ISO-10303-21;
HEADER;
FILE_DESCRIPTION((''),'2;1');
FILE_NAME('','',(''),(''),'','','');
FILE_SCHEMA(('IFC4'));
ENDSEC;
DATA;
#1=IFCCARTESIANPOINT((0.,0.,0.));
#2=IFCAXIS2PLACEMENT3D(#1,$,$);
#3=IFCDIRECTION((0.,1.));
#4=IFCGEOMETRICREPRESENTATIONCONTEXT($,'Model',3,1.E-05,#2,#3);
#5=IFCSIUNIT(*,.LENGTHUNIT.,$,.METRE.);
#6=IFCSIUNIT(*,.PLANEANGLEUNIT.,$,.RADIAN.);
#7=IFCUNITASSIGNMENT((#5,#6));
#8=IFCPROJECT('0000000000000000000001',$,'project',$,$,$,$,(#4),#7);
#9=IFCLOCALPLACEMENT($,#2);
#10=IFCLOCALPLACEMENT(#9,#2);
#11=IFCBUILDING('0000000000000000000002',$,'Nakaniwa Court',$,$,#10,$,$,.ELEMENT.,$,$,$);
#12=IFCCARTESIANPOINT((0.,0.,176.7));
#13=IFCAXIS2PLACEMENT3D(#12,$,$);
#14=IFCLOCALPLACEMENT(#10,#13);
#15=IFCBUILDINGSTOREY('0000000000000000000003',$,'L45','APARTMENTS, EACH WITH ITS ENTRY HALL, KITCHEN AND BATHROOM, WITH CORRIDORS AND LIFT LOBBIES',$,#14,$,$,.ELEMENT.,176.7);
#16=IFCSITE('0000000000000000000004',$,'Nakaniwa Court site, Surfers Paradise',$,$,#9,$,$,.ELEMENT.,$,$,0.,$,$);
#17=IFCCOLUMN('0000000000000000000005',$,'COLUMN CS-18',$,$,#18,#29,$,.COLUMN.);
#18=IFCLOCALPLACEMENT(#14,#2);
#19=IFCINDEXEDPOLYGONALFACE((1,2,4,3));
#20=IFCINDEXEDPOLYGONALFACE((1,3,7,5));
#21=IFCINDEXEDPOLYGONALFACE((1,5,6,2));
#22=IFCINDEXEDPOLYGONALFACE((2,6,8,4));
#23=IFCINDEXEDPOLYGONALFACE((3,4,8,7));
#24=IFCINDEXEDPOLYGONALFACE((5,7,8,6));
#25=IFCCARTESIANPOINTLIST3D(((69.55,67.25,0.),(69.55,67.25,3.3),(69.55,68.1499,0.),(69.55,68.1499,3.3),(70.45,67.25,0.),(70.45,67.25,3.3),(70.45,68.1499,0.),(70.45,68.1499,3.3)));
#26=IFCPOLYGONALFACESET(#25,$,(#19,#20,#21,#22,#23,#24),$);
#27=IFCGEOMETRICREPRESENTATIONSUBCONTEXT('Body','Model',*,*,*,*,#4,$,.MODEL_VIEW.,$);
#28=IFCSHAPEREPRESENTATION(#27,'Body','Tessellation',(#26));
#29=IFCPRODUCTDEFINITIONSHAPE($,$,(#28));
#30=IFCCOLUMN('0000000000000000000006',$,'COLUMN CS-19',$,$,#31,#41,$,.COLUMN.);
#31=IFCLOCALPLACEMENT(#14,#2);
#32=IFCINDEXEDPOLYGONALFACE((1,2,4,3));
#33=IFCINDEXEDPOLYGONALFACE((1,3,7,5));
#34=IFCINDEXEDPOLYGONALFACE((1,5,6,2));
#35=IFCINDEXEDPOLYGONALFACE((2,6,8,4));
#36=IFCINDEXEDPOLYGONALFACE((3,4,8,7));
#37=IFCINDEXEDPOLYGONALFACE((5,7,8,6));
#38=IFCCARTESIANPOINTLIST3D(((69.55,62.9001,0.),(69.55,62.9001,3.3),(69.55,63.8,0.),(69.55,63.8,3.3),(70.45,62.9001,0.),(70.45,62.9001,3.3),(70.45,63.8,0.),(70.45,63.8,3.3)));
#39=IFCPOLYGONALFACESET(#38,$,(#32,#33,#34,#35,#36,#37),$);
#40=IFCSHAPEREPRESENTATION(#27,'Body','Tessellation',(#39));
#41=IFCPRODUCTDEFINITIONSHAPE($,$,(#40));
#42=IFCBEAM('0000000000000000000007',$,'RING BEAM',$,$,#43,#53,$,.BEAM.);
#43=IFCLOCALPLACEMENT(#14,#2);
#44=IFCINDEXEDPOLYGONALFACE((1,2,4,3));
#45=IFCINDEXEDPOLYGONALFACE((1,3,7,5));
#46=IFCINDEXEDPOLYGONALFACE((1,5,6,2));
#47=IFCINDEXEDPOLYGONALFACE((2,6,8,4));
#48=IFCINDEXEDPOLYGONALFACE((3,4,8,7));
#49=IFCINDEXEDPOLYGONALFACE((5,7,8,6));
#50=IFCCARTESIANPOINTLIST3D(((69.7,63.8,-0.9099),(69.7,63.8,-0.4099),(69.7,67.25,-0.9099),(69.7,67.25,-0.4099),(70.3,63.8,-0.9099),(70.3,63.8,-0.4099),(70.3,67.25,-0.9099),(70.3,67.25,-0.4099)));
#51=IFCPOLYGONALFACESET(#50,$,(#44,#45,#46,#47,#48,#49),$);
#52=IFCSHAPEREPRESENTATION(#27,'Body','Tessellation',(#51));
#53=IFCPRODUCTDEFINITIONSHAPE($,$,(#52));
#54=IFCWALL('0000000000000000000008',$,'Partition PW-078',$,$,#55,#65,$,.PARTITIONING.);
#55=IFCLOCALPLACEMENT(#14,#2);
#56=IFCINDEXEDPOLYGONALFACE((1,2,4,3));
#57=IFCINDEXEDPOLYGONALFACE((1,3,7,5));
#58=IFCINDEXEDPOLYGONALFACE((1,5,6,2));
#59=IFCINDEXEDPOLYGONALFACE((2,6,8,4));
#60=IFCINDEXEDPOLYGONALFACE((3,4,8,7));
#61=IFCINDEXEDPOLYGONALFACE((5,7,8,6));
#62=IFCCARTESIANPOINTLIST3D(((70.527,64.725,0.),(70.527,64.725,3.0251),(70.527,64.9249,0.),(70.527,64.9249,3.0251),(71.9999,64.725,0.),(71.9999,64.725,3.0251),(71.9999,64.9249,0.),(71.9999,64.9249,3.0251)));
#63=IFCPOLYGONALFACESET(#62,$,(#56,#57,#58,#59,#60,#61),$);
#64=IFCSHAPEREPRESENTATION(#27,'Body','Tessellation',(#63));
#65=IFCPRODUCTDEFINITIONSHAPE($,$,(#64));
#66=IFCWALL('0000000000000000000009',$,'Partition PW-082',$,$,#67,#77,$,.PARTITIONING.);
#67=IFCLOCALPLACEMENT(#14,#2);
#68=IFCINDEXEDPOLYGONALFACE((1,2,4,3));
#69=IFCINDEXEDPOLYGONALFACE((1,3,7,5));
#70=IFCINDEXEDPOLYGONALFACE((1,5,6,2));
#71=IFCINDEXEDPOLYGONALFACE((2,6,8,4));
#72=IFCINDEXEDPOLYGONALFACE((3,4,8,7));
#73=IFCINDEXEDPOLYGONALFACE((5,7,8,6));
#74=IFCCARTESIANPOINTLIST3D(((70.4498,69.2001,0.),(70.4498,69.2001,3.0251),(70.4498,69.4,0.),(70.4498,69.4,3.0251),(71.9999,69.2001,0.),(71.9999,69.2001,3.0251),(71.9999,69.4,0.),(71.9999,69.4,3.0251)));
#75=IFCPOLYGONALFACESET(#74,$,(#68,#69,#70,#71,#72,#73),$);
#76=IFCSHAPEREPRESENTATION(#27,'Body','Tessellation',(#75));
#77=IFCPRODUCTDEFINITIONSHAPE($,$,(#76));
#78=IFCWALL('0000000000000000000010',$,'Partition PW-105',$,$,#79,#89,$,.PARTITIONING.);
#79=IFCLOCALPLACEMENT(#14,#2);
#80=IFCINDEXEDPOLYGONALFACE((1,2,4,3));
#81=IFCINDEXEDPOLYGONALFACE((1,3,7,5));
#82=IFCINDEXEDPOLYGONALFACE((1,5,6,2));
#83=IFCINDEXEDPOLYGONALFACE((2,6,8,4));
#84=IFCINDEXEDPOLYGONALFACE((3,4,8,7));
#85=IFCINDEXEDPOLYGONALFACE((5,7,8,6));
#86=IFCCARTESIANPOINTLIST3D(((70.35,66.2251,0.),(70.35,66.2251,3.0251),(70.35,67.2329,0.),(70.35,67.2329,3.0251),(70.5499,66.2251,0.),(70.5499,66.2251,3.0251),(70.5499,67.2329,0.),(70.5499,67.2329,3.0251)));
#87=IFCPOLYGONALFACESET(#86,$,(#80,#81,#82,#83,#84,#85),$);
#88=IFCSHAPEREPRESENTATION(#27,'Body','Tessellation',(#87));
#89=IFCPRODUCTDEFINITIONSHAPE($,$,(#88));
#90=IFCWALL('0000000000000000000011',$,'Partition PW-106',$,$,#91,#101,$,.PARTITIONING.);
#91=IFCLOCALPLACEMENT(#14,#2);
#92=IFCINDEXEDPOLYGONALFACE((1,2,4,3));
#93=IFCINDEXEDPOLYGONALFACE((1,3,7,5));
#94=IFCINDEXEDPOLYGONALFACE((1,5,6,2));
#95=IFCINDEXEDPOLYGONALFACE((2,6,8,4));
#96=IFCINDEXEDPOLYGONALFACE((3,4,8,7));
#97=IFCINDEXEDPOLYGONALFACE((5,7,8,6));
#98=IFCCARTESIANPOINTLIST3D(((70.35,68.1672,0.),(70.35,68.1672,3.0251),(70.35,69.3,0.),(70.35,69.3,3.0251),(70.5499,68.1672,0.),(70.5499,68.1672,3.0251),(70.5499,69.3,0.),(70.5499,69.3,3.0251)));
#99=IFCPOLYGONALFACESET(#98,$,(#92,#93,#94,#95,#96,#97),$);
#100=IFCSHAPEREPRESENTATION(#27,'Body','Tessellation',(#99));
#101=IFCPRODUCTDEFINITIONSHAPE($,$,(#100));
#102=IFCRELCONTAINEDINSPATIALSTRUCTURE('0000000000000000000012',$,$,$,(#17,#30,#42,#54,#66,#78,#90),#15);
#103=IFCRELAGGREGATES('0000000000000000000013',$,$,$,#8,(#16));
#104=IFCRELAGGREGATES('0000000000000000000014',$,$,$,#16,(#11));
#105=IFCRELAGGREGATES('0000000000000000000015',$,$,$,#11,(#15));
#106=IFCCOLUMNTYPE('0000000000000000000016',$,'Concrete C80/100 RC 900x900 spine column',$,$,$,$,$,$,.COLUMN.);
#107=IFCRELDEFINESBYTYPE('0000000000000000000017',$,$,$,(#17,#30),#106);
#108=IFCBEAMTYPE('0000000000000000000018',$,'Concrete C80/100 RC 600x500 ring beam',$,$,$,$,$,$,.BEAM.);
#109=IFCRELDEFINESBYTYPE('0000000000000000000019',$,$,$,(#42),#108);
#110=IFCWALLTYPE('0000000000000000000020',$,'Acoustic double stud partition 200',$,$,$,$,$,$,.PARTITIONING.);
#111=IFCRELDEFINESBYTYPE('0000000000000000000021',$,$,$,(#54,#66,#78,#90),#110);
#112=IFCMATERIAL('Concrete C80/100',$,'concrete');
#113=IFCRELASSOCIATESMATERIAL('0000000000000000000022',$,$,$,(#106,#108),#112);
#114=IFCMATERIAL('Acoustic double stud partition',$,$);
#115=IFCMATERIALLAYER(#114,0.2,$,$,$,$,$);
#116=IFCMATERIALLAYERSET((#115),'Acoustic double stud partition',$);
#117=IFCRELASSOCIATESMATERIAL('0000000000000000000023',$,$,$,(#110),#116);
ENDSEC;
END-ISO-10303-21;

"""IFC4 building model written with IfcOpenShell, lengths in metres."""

from ifc_helpers import new_model, si_unit, direction, frame, frame_2d, origin, origin_2d, place, context, subcontext, project, spatial, rectangle, extrude, material, layer, layer_set, material_profile, profile_set, type_object, element, save


model = new_model("IFC4")

# Units and contexts
model_context = context("Model", 3, precision=1e-05, world=origin(), true_north=direction((0.0, 1.0)))
body_context = subcontext(model_context, "Body", "Model", "MODEL_VIEW")
ifc_project = project(units=[si_unit("LENGTHUNIT", "METRE"), si_unit("PLANEANGLEUNIT", "RADIAN")], contexts=[model_context])

# Site, building, storey
site_placement = place(None, origin())
site = spatial("IfcSite", under=ifc_project, at=site_placement, Name="Nakaniwa Court site, Surfers Paradise", CompositionType="ELEMENT", RefElevation=0.0)
building_placement = place(site_placement, origin())
building = spatial("IfcBuilding", under=site, at=building_placement, Name="Nakaniwa Court", CompositionType="ELEMENT")
storey_placement = place(building_placement, frame((0.0, 0.0, 176.7)))
storey = spatial("IfcBuildingStorey", under=building, at=storey_placement, Name="L45", Description="APARTMENTS, EACH WITH ITS ENTRY HALL, KITCHEN AND BATHROOM, WITH CORRIDORS AND LIFT LOBBIES", CompositionType="ELEMENT", Elevation=176.7)

# Columns
ifc_material_1 = material(Name="Concrete C80/100", Category="concrete")
ifc_material_profile_1 = material_profile(ifc_material_1, rectangle(XDim=0.8999, YDim=0.8999, at=origin_2d()), Name="Concrete C80/100 RC 900x900 spine column")
ifc_profile_set_1 = profile_set([ifc_material_profile_1], Name="Concrete C80/100")
column_type = type_object("IfcColumnType", Name="Concrete C80/100 RC 900x900 spine column", PredefinedType="COLUMN", material=ifc_profile_set_1)
for number, where, z_axis, x_axis, name in (
    (1, (70.0, 67.7, 0.0), (0.0, 0.0, 1.0), (0.0, -1.0, 0.0), "COLUMN CS-18"),
    (2, (70.0, 63.3501, 0.0), (0.0, 0.0, 1.0), (0.0, -1.0, 0.0), "COLUMN CS-19"),
):
    element("IfcColumn", number, at=place(storey_placement, frame(where, z_axis=z_axis, x_axis=x_axis)), inside=storey, type_object=column_type, Name=name, PredefinedType="COLUMN", context=body_context, shape_type="SweptSolid", body=[
        extrude(rectangle(XDim=0.8999, YDim=0.8999, at=origin_2d()), origin(), (0.0, 0.0, 1.0), 3.3),
    ])

# Beam
ifc_material_profile_2 = material_profile(ifc_material_1, rectangle(XDim=0.6001, YDim=0.5, at=origin_2d()), Name="Concrete C80/100 RC 600x500 ring beam")
ifc_profile_set_2 = profile_set([ifc_material_profile_2], Name="Concrete C80/100")
beam_type = type_object("IfcBeamType", Name="Concrete C80/100 RC 600x500 ring beam", PredefinedType="BEAM", material=ifc_profile_set_2)
beam_placement = place(storey_placement, frame((70.0, 67.25, -0.6599), z_axis=(0.0, -1.0, 0.0), x_axis=(1.0, 0.0, 0.0)))
element("IfcBeam", 3, at=beam_placement, inside=storey, type_object=beam_type, Name="RING BEAM", PredefinedType="BEAM", context=body_context, shape_type="SweptSolid", body=[
    extrude(rectangle(XDim=0.6001, YDim=0.5, at=origin_2d()), origin(), (0.0, 0.0, 1.0), 3.45),
])

# Walls
ifc_material_2 = material(Name="Acoustic double stud partition")
ifc_layer_1 = layer(ifc_material_2, 0.2)
ifc_layer_set_1 = layer_set([ifc_layer_1], Name="Acoustic double stud partition")
wall_type_1 = type_object("IfcWallType", Name="Acoustic double stud partition 200", PredefinedType="PARTITIONING", material=ifc_layer_set_1)
wall_1_placement = place(storey_placement, frame((70.5271, 64.825, 0.0), z_axis=(0.0, 0.0, 1.0), x_axis=(1.0, 0.0, 0.0)))
element("IfcWall", 4, at=wall_1_placement, inside=storey, type_object=wall_type_1, Name="Partition PW-078", PredefinedType="PARTITIONING", context=body_context, shape_type="SweptSolid", body=[
    extrude(rectangle(XDim=1.4729, YDim=0.2, at=frame_2d((0.7363, 0.0))), origin(), (0.0, 0.0, 1.0), 3.0251),
])
wall_2_placement = place(storey_placement, frame((70.45, 69.3, 0.0), z_axis=(0.0, 0.0, 1.0), x_axis=(1.0, 0.0, 0.0)))
element("IfcWall", 5, at=wall_2_placement, inside=storey, type_object=wall_type_1, Name="Partition PW-082", PredefinedType="PARTITIONING", context=body_context, shape_type="SweptSolid", body=[
    extrude(rectangle(XDim=1.55, YDim=0.2, at=frame_2d((0.7749, 0.0))), origin(), (0.0, 0.0, 1.0), 3.0251),
])
wall_3_placement = place(storey_placement, frame((70.45, 66.2251, 0.0), z_axis=(0.0, 0.0, 1.0), x_axis=(0.0, 1.0, 0.0)))
element("IfcWall", 6, at=wall_3_placement, inside=storey, type_object=wall_type_1, Name="Partition PW-105", PredefinedType="PARTITIONING", context=body_context, shape_type="SweptSolid", body=[
    extrude(rectangle(XDim=1.0078, YDim=0.2, at=frame_2d((0.5039, 0.0))), origin(), (0.0, 0.0, 1.0), 3.0251),
])
wall_4_placement = place(storey_placement, frame((70.45, 68.1672, 0.0), z_axis=(0.0, 0.0, 1.0), x_axis=(0.0, 1.0, 0.0)))
element("IfcWall", 7, at=wall_4_placement, inside=storey, type_object=wall_type_1, Name="Partition PW-106", PredefinedType="PARTITIONING", context=body_context, shape_type="SweptSolid", body=[
    extrude(rectangle(XDim=1.1328, YDim=0.2, at=frame_2d((0.5664, 0.0))), origin(), (0.0, 0.0, 1.0), 3.0251),
])

save(model, "model.ifc")
